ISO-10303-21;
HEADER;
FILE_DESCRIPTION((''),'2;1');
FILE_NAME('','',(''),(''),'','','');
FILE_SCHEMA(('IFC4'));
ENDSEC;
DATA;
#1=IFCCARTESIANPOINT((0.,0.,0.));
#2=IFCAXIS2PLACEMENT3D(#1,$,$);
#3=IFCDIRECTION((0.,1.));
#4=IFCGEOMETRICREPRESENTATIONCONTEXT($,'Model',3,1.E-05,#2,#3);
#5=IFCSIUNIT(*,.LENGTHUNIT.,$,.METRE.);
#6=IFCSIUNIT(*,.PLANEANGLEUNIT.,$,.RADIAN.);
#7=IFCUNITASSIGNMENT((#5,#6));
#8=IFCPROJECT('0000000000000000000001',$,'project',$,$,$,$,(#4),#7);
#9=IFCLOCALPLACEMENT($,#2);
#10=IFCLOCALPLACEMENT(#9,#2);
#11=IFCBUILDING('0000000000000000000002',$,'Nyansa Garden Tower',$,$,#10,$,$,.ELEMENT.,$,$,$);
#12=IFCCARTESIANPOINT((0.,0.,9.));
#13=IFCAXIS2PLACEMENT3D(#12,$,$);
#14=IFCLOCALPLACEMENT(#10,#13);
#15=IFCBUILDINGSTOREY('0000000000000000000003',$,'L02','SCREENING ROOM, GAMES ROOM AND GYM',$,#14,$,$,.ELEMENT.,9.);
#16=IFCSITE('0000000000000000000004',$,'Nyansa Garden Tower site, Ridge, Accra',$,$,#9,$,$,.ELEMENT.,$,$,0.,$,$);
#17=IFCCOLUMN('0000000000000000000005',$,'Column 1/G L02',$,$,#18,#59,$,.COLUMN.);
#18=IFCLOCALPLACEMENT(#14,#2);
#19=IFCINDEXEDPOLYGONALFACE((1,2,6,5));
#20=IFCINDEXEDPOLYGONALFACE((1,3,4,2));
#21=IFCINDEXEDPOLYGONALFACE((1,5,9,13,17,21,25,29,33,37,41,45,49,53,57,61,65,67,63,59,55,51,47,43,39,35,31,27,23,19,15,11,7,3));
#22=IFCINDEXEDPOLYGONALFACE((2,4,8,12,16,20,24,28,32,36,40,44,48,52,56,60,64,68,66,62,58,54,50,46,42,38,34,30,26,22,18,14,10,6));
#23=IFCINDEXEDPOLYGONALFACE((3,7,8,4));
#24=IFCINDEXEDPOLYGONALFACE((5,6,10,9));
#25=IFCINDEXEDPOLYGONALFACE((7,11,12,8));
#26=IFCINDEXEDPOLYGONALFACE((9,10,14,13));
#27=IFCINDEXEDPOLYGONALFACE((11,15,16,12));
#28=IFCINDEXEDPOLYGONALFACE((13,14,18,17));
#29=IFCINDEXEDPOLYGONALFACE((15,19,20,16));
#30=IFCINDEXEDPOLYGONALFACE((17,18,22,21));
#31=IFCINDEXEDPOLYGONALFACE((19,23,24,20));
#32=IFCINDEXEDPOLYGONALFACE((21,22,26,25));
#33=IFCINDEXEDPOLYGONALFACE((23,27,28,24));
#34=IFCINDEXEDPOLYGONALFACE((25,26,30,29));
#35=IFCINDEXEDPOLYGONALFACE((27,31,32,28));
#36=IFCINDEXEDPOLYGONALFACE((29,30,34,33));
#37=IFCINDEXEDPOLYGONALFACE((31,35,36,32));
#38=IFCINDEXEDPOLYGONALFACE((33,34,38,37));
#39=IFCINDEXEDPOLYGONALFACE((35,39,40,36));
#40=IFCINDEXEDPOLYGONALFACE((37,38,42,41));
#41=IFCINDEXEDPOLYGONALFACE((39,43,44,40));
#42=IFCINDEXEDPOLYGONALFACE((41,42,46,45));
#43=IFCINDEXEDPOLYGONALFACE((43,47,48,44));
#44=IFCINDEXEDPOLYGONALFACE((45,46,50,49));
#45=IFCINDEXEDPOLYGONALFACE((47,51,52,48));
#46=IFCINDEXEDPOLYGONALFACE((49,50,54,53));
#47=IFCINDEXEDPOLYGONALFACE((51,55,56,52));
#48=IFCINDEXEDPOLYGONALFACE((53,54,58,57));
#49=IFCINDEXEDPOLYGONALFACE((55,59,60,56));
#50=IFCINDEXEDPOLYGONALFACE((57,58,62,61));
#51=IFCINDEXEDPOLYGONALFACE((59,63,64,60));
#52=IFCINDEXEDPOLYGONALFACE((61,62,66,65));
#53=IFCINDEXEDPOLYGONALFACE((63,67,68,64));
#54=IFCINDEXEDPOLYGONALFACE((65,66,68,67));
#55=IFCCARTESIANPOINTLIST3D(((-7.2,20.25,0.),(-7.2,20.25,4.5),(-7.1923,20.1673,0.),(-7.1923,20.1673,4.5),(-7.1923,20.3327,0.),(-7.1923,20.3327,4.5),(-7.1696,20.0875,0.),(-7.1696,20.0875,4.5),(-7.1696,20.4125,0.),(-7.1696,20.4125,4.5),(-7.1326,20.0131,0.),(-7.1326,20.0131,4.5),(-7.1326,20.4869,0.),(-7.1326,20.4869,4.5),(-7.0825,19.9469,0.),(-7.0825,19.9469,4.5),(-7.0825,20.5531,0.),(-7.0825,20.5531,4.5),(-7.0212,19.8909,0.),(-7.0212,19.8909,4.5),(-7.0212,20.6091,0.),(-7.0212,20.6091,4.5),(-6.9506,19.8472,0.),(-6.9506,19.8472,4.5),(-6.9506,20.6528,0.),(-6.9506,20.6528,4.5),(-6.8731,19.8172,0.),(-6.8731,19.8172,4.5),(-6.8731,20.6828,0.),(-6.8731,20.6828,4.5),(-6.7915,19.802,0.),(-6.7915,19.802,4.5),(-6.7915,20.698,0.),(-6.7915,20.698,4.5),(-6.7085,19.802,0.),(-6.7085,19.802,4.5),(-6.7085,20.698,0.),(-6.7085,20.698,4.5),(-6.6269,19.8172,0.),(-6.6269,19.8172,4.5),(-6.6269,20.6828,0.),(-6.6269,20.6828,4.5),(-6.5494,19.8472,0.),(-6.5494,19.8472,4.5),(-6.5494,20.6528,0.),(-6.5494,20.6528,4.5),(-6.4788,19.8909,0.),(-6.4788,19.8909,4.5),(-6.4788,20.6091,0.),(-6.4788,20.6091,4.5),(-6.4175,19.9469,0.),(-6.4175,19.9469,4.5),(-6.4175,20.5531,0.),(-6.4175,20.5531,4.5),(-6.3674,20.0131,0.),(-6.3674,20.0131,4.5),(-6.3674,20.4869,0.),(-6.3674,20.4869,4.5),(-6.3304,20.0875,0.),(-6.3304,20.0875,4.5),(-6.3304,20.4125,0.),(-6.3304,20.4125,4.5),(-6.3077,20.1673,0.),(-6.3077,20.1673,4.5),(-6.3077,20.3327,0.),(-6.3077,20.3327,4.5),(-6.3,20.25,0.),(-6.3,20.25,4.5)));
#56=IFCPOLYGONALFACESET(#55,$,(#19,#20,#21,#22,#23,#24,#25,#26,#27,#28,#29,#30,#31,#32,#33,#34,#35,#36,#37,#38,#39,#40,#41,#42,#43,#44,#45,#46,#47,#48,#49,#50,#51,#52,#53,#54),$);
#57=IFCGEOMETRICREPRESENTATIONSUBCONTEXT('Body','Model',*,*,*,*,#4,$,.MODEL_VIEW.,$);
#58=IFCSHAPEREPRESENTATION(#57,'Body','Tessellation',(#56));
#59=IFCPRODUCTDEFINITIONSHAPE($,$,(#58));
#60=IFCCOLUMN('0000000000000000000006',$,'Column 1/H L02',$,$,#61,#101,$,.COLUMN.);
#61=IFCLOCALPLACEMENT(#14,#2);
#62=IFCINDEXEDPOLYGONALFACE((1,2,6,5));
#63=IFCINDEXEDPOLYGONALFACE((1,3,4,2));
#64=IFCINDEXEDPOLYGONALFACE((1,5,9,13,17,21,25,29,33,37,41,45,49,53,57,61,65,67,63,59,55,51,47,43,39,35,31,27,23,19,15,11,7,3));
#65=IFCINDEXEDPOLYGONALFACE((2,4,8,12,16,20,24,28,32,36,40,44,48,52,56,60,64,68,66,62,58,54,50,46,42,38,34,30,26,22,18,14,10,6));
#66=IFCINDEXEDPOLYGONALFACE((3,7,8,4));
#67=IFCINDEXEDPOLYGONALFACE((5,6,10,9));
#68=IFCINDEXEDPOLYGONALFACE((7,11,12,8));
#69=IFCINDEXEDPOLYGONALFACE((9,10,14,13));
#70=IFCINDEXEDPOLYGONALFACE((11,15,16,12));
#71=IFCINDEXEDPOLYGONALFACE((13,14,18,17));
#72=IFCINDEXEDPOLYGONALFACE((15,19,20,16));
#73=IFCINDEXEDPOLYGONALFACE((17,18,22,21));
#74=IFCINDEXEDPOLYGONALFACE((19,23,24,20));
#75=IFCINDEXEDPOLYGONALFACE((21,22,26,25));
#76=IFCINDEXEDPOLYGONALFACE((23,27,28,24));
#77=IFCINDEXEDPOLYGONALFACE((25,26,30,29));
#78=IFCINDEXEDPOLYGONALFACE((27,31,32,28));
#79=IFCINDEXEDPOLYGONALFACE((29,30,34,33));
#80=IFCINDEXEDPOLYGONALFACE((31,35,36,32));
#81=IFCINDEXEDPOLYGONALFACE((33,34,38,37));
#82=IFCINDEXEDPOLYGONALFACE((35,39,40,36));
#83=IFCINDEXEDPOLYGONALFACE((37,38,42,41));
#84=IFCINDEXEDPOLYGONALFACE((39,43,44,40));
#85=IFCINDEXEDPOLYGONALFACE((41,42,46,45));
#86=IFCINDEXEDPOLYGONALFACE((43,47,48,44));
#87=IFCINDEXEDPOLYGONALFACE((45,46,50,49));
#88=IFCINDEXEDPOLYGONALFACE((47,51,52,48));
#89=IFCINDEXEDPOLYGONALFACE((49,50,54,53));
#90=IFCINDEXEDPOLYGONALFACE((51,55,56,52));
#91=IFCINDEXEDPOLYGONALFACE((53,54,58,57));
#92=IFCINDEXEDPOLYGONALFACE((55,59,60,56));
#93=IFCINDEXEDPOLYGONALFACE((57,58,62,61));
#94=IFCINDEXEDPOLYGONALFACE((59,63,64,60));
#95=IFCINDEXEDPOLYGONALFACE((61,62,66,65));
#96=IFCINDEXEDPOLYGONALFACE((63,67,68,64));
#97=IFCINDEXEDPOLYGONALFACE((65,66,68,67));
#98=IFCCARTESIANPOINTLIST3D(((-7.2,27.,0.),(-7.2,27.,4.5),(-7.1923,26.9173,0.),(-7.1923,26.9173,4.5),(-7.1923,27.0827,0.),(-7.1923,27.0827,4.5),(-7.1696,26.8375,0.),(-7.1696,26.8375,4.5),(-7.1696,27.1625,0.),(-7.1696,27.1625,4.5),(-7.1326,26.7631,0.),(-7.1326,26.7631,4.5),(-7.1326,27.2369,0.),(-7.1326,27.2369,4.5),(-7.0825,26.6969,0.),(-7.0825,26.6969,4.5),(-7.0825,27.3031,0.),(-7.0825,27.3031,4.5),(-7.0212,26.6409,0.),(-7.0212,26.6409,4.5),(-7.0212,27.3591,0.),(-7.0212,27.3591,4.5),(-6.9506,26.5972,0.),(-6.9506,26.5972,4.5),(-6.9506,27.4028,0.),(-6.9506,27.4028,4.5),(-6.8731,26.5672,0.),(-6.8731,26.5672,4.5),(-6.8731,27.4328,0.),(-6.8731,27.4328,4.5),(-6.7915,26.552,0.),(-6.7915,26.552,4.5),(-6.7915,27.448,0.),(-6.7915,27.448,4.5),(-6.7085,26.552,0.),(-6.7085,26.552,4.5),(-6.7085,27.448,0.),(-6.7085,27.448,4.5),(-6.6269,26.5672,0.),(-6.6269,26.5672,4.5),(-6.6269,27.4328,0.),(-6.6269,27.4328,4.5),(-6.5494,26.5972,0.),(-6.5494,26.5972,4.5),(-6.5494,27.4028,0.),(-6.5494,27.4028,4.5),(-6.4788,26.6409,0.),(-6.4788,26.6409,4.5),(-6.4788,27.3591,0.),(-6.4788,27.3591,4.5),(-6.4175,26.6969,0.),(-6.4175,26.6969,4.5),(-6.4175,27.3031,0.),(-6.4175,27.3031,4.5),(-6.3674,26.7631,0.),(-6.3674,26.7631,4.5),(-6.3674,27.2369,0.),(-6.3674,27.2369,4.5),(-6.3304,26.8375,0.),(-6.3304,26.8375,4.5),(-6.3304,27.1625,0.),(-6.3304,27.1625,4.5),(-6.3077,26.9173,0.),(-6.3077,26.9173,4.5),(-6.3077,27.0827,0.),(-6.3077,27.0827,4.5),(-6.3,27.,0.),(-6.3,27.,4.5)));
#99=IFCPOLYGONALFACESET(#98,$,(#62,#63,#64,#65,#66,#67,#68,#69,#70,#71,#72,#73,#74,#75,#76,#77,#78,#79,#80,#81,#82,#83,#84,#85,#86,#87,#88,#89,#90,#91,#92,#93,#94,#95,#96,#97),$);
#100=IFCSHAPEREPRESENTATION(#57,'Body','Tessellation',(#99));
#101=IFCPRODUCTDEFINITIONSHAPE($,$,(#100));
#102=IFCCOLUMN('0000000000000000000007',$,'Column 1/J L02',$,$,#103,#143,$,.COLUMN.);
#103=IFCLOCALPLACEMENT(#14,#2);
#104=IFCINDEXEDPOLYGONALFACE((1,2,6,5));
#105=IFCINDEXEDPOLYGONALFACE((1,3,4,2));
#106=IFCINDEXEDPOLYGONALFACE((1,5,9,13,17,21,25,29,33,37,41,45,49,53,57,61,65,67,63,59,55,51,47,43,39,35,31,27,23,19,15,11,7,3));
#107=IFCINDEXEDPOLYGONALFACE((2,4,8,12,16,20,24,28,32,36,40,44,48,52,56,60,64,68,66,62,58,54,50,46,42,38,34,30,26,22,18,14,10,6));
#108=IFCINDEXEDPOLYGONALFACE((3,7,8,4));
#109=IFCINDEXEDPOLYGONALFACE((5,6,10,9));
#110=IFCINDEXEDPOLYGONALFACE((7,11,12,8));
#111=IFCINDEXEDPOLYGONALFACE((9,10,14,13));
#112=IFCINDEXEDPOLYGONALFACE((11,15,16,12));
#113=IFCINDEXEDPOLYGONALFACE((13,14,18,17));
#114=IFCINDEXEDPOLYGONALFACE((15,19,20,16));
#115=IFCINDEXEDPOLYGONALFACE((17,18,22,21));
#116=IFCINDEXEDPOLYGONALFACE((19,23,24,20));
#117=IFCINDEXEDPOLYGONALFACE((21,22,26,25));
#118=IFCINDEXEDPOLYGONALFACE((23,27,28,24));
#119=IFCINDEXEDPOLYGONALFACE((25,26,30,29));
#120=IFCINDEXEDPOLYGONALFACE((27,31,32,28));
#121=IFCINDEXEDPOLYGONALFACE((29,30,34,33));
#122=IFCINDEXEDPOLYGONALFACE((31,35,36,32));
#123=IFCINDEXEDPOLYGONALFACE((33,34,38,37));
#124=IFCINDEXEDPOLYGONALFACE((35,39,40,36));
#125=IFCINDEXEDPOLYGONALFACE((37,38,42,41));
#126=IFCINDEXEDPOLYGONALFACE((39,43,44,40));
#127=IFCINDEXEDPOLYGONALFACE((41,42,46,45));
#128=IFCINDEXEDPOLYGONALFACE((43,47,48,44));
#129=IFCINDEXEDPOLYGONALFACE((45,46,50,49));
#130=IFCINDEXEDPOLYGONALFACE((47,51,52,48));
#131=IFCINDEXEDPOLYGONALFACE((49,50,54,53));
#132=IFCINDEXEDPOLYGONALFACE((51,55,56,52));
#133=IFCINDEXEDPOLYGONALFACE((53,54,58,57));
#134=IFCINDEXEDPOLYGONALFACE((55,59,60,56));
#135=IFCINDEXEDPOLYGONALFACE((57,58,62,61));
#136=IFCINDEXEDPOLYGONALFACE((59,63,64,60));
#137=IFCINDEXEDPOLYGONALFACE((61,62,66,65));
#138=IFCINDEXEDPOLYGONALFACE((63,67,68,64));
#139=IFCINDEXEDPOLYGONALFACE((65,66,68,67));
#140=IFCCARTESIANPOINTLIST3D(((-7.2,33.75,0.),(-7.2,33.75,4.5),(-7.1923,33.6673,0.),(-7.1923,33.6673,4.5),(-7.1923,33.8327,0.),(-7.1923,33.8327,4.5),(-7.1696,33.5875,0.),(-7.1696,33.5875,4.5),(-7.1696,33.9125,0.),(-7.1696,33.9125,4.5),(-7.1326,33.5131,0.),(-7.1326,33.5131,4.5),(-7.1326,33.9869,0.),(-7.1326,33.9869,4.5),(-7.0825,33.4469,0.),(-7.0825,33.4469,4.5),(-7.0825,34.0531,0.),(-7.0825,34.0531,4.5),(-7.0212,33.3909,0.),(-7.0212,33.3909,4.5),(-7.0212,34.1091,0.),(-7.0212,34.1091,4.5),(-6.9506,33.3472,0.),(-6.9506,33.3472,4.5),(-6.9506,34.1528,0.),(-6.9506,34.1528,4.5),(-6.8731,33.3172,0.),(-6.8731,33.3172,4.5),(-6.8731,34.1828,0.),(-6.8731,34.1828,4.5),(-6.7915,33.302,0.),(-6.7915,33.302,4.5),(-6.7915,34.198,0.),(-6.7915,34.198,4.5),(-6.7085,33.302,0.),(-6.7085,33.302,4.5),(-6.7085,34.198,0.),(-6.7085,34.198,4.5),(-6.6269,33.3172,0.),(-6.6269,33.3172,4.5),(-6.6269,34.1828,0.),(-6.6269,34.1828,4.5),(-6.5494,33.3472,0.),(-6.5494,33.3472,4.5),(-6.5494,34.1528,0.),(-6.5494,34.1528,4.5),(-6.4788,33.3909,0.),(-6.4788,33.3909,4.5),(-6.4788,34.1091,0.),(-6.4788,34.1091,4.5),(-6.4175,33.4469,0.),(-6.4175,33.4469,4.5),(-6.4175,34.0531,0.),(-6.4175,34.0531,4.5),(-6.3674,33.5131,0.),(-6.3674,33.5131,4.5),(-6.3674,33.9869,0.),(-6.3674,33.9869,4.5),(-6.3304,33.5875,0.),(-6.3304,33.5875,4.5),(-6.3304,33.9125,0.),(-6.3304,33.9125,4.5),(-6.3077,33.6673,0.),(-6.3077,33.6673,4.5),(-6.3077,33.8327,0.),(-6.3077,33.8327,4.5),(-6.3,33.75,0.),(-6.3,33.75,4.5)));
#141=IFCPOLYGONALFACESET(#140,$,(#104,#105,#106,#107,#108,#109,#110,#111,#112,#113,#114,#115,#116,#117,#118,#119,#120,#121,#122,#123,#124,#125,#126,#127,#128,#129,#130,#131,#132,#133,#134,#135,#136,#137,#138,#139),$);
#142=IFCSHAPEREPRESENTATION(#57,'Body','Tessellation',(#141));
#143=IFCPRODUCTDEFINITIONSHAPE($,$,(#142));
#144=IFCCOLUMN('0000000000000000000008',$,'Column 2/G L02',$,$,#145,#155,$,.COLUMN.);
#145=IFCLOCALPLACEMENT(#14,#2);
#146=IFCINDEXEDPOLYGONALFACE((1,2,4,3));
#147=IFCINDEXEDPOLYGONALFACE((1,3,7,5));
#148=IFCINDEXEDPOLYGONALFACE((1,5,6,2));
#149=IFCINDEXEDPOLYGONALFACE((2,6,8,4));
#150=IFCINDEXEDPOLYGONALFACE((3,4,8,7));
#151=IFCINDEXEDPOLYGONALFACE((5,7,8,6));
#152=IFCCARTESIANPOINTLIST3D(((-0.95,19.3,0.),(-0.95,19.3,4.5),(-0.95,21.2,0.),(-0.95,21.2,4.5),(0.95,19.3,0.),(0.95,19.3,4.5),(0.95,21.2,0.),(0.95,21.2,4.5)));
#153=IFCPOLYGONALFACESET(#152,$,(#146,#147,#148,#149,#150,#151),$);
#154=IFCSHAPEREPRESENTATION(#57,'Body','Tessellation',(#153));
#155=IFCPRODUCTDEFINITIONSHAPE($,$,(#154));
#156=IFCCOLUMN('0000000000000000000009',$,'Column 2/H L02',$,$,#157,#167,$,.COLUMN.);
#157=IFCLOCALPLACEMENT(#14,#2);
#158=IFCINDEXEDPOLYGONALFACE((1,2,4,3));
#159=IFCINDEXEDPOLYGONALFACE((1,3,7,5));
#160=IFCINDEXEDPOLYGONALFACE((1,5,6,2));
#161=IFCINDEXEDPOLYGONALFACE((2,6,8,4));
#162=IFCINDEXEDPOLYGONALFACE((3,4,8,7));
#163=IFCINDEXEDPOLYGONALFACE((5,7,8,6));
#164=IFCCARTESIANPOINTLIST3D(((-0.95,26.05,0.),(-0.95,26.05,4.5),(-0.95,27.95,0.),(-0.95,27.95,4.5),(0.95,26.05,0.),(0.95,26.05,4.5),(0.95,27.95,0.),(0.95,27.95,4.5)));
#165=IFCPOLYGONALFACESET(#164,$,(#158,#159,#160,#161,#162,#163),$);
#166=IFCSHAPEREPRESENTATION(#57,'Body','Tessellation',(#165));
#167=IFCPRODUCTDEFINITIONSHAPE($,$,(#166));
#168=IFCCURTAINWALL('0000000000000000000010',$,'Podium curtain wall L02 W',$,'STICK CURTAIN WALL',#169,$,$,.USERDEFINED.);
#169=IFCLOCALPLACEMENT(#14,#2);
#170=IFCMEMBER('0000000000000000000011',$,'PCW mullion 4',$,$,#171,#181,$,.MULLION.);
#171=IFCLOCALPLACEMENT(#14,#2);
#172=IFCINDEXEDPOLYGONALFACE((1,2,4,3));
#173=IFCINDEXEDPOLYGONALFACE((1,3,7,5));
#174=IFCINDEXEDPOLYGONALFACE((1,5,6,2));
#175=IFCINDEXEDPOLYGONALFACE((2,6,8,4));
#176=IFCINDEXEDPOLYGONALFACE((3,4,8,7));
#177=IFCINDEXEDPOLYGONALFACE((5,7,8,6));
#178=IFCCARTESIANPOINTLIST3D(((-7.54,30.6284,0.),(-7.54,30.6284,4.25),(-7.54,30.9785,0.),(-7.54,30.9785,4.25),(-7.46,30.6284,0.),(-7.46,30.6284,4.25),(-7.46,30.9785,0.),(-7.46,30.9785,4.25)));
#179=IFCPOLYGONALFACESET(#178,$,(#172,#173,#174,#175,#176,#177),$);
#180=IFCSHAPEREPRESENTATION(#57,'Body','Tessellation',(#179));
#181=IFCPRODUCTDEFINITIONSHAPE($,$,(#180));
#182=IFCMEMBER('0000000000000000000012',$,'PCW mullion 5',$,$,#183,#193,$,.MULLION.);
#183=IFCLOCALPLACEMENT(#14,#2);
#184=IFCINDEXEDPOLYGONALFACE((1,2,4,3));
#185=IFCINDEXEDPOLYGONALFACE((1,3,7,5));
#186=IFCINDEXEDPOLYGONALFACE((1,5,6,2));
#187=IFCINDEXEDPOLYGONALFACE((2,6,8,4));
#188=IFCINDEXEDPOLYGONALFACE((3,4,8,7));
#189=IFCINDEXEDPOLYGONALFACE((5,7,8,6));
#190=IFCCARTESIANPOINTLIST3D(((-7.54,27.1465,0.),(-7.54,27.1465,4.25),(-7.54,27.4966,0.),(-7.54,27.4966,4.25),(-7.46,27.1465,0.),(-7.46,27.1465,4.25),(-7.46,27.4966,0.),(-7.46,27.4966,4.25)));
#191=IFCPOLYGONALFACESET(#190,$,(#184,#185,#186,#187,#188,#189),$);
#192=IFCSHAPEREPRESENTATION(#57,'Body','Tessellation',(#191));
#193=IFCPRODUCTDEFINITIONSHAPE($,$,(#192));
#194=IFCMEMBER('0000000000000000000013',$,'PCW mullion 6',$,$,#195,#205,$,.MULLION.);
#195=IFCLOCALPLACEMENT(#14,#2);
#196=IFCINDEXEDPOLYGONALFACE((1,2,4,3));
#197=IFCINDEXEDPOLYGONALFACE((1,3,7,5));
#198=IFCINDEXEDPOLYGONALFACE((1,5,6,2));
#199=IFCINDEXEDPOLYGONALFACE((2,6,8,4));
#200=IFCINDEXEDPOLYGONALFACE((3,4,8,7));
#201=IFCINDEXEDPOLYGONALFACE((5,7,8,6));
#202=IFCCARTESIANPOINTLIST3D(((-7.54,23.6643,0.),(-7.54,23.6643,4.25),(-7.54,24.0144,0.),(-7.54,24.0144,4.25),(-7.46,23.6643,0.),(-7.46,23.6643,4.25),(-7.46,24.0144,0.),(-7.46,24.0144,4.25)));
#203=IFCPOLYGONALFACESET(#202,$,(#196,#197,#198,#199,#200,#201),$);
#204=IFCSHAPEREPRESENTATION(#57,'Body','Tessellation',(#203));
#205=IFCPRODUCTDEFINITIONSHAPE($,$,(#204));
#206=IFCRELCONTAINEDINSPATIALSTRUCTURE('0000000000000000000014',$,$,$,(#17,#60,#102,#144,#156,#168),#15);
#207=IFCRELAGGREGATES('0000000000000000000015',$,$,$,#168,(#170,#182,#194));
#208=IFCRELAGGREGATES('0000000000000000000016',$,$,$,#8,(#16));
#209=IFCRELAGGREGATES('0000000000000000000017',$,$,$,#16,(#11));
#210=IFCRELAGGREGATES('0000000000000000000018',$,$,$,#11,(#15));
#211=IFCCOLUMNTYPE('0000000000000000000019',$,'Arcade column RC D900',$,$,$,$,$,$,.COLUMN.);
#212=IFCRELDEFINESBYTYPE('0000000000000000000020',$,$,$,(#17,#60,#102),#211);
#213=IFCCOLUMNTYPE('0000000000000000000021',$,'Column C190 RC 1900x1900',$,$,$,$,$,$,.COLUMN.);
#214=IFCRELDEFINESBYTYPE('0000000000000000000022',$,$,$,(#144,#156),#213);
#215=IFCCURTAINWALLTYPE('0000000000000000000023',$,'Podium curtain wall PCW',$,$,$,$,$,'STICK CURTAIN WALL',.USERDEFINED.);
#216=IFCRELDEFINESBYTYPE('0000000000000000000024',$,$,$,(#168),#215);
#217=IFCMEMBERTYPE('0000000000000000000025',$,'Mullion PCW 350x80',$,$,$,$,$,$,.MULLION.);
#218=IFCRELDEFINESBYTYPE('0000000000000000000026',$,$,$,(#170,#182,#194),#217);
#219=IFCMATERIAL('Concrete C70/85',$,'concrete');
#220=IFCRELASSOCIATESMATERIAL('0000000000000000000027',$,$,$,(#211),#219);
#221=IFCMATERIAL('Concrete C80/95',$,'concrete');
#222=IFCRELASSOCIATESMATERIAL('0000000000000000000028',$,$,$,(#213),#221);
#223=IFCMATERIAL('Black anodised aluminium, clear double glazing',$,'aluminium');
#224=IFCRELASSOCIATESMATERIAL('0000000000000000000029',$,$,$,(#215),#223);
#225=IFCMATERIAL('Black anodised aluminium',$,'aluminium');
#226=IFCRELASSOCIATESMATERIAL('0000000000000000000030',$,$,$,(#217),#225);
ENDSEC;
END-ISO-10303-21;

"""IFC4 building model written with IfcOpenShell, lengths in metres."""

from ifc_helpers import new_model, si_unit, direction, frame, origin, origin_2d, place, context, subcontext, project, spatial, rectangle, circle, extrude, material, material_profile, profile_set, type_object, element, aggregate, save


model = new_model("IFC4")

# Units and contexts
model_context = context("Model", 3, precision=1e-05, world=origin(), true_north=direction((0.0, 1.0)))
body_context = subcontext(model_context, "Body", "Model", "MODEL_VIEW")
ifc_project = project(units=[si_unit("LENGTHUNIT", "METRE"), si_unit("PLANEANGLEUNIT", "RADIAN")], contexts=[model_context])

# Site, building, storey
site_placement = place(None, origin())
site = spatial("IfcSite", under=ifc_project, at=site_placement, Name="Nyansa Garden Tower site, Ridge, Accra", CompositionType="ELEMENT", RefElevation=0.0)
building_placement = place(site_placement, origin())
building = spatial("IfcBuilding", under=site, at=building_placement, Name="Nyansa Garden Tower", CompositionType="ELEMENT")
storey_placement = place(building_placement, frame((0.0, 0.0, 9.0)))
storey = spatial("IfcBuildingStorey", under=building, at=storey_placement, Name="L02", Description="SCREENING ROOM, GAMES ROOM AND GYM", CompositionType="ELEMENT", Elevation=9.0)

# Columns
ifc_material_1 = material(Name="Concrete C70/85", Category="concrete")
ifc_material_profile_1 = material_profile(ifc_material_1, circle(Radius=0.45, at=origin_2d()), Name="RC D900")
ifc_profile_set_1 = profile_set([ifc_material_profile_1], Name="Concrete C70/85")
column_type_1 = type_object("IfcColumnType", Name="Arcade column RC D900", PredefinedType="COLUMN", material=ifc_profile_set_1)
for number, where, z_axis, x_axis, name in (
    (1, (-6.75, 20.25, 0.0), (0.0, 0.0, 1.0), (1.0, 0.0, 0.0), "Column 1/G L02"),
    (2, (-6.75, 27.0, 0.0), (0.0, 0.0, 1.0), (1.0, 0.0, 0.0), "Column 1/H L02"),
    (3, (-6.75, 33.75, 0.0), (0.0, 0.0, 1.0), (1.0, 0.0, 0.0), "Column 1/J L02"),
):
    element("IfcColumn", number, at=place(storey_placement, frame(where, z_axis=z_axis, x_axis=x_axis)), inside=storey, type_object=column_type_1, Name=name, PredefinedType="COLUMN", context=body_context, shape_type="SweptSolid", body=[
        extrude(circle(Radius=0.45, at=origin_2d()), origin(), (0.0, 0.0, 1.0), 4.5),
    ])
ifc_material_2 = material(Name="Concrete C80/95", Category="concrete")
ifc_material_profile_2 = material_profile(ifc_material_2, rectangle(XDim=1.8999, YDim=1.8999, at=origin_2d()), Name="RC 1900x1900")
ifc_profile_set_2 = profile_set([ifc_material_profile_2], Name="Concrete C80/95")
column_type_2 = type_object("IfcColumnType", Name="Column C190 RC 1900x1900", PredefinedType="COLUMN", material=ifc_profile_set_2)
for number, where, z_axis, x_axis, name in (
    (4, (0.0, 20.25, 0.0), (0.0, 0.0, 1.0), (1.0, 0.0, 0.0), "Column 2/G L02"),
    (5, (0.0, 27.0, 0.0), (0.0, 0.0, 1.0), (1.0, 0.0, 0.0), "Column 2/H L02"),
):
    element("IfcColumn", number, at=place(storey_placement, frame(where, z_axis=z_axis, x_axis=x_axis)), inside=storey, type_object=column_type_2, Name=name, PredefinedType="COLUMN", context=body_context, shape_type="SweptSolid", body=[
        extrude(rectangle(XDim=1.8999, YDim=1.8999, at=origin_2d()), origin(), (0.0, 0.0, 1.0), 4.5),
    ])

# Curtain wall, members
ifc_material_3 = material(Name="Black anodised aluminium, clear double glazing", Category="aluminium")
curtain_wall_type = type_object("IfcCurtainWallType", Name="Podium curtain wall PCW", ElementType="STICK CURTAIN WALL", PredefinedType="USERDEFINED", material=ifc_material_3)
curtain_wall_placement = place(storey_placement, origin())
curtain_wall = element("IfcCurtainWall", 6, at=curtain_wall_placement, inside=storey, type_object=curtain_wall_type, Name="Podium curtain wall L02 W", ObjectType="STICK CURTAIN WALL", PredefinedType="USERDEFINED")
ifc_material_4 = material(Name="Black anodised aluminium", Category="aluminium")
ifc_material_profile_3 = material_profile(ifc_material_4, rectangle(XDim=0.0801, YDim=0.3501, at=origin_2d()), Name="Mullion 350x80")
ifc_profile_set_3 = profile_set([ifc_material_profile_3], Name="Black anodised aluminium")
member_type_1 = type_object("IfcMemberType", Name="Mullion PCW 350x80", PredefinedType="MULLION", material=ifc_profile_set_3)
member_1_placement = place(storey_placement, frame((-7.5, 30.8035, 0.0), z_axis=(0.0, 0.0, 1.0), x_axis=(1.0, 0.0, 0.0)))
member_1 = element("IfcMember", 7, at=member_1_placement, type_object=member_type_1, Name="PCW mullion 4", PredefinedType="MULLION", context=body_context, shape_type="SweptSolid", body=[
    extrude(rectangle(XDim=0.0801, YDim=0.3501, at=origin_2d()), origin(), (0.0, 0.0, 1.0), 4.25),
])
member_2_placement = place(storey_placement, frame((-7.5, 27.3215, 0.0), z_axis=(0.0, 0.0, 1.0), x_axis=(1.0, 0.0, 0.0)))
member_2 = element("IfcMember", 8, at=member_2_placement, type_object=member_type_1, Name="PCW mullion 5", PredefinedType="MULLION", context=body_context, shape_type="SweptSolid", body=[
    extrude(rectangle(XDim=0.0801, YDim=0.3501, at=origin_2d()), origin(), (0.0, 0.0, 1.0), 4.25),
])
member_3_placement = place(storey_placement, frame((-7.5, 23.8394, 0.0), z_axis=(0.0, 0.0, 1.0), x_axis=(1.0, 0.0, 0.0)))
member_3 = element("IfcMember", 9, at=member_3_placement, type_object=member_type_1, Name="PCW mullion 6", PredefinedType="MULLION", context=body_context, shape_type="SweptSolid", body=[
    extrude(rectangle(XDim=0.0801, YDim=0.3501, at=origin_2d()), origin(), (0.0, 0.0, 1.0), 4.25),
])

aggregate(curtain_wall, [member_1, member_2, member_3])

save(model, "model.ifc")
